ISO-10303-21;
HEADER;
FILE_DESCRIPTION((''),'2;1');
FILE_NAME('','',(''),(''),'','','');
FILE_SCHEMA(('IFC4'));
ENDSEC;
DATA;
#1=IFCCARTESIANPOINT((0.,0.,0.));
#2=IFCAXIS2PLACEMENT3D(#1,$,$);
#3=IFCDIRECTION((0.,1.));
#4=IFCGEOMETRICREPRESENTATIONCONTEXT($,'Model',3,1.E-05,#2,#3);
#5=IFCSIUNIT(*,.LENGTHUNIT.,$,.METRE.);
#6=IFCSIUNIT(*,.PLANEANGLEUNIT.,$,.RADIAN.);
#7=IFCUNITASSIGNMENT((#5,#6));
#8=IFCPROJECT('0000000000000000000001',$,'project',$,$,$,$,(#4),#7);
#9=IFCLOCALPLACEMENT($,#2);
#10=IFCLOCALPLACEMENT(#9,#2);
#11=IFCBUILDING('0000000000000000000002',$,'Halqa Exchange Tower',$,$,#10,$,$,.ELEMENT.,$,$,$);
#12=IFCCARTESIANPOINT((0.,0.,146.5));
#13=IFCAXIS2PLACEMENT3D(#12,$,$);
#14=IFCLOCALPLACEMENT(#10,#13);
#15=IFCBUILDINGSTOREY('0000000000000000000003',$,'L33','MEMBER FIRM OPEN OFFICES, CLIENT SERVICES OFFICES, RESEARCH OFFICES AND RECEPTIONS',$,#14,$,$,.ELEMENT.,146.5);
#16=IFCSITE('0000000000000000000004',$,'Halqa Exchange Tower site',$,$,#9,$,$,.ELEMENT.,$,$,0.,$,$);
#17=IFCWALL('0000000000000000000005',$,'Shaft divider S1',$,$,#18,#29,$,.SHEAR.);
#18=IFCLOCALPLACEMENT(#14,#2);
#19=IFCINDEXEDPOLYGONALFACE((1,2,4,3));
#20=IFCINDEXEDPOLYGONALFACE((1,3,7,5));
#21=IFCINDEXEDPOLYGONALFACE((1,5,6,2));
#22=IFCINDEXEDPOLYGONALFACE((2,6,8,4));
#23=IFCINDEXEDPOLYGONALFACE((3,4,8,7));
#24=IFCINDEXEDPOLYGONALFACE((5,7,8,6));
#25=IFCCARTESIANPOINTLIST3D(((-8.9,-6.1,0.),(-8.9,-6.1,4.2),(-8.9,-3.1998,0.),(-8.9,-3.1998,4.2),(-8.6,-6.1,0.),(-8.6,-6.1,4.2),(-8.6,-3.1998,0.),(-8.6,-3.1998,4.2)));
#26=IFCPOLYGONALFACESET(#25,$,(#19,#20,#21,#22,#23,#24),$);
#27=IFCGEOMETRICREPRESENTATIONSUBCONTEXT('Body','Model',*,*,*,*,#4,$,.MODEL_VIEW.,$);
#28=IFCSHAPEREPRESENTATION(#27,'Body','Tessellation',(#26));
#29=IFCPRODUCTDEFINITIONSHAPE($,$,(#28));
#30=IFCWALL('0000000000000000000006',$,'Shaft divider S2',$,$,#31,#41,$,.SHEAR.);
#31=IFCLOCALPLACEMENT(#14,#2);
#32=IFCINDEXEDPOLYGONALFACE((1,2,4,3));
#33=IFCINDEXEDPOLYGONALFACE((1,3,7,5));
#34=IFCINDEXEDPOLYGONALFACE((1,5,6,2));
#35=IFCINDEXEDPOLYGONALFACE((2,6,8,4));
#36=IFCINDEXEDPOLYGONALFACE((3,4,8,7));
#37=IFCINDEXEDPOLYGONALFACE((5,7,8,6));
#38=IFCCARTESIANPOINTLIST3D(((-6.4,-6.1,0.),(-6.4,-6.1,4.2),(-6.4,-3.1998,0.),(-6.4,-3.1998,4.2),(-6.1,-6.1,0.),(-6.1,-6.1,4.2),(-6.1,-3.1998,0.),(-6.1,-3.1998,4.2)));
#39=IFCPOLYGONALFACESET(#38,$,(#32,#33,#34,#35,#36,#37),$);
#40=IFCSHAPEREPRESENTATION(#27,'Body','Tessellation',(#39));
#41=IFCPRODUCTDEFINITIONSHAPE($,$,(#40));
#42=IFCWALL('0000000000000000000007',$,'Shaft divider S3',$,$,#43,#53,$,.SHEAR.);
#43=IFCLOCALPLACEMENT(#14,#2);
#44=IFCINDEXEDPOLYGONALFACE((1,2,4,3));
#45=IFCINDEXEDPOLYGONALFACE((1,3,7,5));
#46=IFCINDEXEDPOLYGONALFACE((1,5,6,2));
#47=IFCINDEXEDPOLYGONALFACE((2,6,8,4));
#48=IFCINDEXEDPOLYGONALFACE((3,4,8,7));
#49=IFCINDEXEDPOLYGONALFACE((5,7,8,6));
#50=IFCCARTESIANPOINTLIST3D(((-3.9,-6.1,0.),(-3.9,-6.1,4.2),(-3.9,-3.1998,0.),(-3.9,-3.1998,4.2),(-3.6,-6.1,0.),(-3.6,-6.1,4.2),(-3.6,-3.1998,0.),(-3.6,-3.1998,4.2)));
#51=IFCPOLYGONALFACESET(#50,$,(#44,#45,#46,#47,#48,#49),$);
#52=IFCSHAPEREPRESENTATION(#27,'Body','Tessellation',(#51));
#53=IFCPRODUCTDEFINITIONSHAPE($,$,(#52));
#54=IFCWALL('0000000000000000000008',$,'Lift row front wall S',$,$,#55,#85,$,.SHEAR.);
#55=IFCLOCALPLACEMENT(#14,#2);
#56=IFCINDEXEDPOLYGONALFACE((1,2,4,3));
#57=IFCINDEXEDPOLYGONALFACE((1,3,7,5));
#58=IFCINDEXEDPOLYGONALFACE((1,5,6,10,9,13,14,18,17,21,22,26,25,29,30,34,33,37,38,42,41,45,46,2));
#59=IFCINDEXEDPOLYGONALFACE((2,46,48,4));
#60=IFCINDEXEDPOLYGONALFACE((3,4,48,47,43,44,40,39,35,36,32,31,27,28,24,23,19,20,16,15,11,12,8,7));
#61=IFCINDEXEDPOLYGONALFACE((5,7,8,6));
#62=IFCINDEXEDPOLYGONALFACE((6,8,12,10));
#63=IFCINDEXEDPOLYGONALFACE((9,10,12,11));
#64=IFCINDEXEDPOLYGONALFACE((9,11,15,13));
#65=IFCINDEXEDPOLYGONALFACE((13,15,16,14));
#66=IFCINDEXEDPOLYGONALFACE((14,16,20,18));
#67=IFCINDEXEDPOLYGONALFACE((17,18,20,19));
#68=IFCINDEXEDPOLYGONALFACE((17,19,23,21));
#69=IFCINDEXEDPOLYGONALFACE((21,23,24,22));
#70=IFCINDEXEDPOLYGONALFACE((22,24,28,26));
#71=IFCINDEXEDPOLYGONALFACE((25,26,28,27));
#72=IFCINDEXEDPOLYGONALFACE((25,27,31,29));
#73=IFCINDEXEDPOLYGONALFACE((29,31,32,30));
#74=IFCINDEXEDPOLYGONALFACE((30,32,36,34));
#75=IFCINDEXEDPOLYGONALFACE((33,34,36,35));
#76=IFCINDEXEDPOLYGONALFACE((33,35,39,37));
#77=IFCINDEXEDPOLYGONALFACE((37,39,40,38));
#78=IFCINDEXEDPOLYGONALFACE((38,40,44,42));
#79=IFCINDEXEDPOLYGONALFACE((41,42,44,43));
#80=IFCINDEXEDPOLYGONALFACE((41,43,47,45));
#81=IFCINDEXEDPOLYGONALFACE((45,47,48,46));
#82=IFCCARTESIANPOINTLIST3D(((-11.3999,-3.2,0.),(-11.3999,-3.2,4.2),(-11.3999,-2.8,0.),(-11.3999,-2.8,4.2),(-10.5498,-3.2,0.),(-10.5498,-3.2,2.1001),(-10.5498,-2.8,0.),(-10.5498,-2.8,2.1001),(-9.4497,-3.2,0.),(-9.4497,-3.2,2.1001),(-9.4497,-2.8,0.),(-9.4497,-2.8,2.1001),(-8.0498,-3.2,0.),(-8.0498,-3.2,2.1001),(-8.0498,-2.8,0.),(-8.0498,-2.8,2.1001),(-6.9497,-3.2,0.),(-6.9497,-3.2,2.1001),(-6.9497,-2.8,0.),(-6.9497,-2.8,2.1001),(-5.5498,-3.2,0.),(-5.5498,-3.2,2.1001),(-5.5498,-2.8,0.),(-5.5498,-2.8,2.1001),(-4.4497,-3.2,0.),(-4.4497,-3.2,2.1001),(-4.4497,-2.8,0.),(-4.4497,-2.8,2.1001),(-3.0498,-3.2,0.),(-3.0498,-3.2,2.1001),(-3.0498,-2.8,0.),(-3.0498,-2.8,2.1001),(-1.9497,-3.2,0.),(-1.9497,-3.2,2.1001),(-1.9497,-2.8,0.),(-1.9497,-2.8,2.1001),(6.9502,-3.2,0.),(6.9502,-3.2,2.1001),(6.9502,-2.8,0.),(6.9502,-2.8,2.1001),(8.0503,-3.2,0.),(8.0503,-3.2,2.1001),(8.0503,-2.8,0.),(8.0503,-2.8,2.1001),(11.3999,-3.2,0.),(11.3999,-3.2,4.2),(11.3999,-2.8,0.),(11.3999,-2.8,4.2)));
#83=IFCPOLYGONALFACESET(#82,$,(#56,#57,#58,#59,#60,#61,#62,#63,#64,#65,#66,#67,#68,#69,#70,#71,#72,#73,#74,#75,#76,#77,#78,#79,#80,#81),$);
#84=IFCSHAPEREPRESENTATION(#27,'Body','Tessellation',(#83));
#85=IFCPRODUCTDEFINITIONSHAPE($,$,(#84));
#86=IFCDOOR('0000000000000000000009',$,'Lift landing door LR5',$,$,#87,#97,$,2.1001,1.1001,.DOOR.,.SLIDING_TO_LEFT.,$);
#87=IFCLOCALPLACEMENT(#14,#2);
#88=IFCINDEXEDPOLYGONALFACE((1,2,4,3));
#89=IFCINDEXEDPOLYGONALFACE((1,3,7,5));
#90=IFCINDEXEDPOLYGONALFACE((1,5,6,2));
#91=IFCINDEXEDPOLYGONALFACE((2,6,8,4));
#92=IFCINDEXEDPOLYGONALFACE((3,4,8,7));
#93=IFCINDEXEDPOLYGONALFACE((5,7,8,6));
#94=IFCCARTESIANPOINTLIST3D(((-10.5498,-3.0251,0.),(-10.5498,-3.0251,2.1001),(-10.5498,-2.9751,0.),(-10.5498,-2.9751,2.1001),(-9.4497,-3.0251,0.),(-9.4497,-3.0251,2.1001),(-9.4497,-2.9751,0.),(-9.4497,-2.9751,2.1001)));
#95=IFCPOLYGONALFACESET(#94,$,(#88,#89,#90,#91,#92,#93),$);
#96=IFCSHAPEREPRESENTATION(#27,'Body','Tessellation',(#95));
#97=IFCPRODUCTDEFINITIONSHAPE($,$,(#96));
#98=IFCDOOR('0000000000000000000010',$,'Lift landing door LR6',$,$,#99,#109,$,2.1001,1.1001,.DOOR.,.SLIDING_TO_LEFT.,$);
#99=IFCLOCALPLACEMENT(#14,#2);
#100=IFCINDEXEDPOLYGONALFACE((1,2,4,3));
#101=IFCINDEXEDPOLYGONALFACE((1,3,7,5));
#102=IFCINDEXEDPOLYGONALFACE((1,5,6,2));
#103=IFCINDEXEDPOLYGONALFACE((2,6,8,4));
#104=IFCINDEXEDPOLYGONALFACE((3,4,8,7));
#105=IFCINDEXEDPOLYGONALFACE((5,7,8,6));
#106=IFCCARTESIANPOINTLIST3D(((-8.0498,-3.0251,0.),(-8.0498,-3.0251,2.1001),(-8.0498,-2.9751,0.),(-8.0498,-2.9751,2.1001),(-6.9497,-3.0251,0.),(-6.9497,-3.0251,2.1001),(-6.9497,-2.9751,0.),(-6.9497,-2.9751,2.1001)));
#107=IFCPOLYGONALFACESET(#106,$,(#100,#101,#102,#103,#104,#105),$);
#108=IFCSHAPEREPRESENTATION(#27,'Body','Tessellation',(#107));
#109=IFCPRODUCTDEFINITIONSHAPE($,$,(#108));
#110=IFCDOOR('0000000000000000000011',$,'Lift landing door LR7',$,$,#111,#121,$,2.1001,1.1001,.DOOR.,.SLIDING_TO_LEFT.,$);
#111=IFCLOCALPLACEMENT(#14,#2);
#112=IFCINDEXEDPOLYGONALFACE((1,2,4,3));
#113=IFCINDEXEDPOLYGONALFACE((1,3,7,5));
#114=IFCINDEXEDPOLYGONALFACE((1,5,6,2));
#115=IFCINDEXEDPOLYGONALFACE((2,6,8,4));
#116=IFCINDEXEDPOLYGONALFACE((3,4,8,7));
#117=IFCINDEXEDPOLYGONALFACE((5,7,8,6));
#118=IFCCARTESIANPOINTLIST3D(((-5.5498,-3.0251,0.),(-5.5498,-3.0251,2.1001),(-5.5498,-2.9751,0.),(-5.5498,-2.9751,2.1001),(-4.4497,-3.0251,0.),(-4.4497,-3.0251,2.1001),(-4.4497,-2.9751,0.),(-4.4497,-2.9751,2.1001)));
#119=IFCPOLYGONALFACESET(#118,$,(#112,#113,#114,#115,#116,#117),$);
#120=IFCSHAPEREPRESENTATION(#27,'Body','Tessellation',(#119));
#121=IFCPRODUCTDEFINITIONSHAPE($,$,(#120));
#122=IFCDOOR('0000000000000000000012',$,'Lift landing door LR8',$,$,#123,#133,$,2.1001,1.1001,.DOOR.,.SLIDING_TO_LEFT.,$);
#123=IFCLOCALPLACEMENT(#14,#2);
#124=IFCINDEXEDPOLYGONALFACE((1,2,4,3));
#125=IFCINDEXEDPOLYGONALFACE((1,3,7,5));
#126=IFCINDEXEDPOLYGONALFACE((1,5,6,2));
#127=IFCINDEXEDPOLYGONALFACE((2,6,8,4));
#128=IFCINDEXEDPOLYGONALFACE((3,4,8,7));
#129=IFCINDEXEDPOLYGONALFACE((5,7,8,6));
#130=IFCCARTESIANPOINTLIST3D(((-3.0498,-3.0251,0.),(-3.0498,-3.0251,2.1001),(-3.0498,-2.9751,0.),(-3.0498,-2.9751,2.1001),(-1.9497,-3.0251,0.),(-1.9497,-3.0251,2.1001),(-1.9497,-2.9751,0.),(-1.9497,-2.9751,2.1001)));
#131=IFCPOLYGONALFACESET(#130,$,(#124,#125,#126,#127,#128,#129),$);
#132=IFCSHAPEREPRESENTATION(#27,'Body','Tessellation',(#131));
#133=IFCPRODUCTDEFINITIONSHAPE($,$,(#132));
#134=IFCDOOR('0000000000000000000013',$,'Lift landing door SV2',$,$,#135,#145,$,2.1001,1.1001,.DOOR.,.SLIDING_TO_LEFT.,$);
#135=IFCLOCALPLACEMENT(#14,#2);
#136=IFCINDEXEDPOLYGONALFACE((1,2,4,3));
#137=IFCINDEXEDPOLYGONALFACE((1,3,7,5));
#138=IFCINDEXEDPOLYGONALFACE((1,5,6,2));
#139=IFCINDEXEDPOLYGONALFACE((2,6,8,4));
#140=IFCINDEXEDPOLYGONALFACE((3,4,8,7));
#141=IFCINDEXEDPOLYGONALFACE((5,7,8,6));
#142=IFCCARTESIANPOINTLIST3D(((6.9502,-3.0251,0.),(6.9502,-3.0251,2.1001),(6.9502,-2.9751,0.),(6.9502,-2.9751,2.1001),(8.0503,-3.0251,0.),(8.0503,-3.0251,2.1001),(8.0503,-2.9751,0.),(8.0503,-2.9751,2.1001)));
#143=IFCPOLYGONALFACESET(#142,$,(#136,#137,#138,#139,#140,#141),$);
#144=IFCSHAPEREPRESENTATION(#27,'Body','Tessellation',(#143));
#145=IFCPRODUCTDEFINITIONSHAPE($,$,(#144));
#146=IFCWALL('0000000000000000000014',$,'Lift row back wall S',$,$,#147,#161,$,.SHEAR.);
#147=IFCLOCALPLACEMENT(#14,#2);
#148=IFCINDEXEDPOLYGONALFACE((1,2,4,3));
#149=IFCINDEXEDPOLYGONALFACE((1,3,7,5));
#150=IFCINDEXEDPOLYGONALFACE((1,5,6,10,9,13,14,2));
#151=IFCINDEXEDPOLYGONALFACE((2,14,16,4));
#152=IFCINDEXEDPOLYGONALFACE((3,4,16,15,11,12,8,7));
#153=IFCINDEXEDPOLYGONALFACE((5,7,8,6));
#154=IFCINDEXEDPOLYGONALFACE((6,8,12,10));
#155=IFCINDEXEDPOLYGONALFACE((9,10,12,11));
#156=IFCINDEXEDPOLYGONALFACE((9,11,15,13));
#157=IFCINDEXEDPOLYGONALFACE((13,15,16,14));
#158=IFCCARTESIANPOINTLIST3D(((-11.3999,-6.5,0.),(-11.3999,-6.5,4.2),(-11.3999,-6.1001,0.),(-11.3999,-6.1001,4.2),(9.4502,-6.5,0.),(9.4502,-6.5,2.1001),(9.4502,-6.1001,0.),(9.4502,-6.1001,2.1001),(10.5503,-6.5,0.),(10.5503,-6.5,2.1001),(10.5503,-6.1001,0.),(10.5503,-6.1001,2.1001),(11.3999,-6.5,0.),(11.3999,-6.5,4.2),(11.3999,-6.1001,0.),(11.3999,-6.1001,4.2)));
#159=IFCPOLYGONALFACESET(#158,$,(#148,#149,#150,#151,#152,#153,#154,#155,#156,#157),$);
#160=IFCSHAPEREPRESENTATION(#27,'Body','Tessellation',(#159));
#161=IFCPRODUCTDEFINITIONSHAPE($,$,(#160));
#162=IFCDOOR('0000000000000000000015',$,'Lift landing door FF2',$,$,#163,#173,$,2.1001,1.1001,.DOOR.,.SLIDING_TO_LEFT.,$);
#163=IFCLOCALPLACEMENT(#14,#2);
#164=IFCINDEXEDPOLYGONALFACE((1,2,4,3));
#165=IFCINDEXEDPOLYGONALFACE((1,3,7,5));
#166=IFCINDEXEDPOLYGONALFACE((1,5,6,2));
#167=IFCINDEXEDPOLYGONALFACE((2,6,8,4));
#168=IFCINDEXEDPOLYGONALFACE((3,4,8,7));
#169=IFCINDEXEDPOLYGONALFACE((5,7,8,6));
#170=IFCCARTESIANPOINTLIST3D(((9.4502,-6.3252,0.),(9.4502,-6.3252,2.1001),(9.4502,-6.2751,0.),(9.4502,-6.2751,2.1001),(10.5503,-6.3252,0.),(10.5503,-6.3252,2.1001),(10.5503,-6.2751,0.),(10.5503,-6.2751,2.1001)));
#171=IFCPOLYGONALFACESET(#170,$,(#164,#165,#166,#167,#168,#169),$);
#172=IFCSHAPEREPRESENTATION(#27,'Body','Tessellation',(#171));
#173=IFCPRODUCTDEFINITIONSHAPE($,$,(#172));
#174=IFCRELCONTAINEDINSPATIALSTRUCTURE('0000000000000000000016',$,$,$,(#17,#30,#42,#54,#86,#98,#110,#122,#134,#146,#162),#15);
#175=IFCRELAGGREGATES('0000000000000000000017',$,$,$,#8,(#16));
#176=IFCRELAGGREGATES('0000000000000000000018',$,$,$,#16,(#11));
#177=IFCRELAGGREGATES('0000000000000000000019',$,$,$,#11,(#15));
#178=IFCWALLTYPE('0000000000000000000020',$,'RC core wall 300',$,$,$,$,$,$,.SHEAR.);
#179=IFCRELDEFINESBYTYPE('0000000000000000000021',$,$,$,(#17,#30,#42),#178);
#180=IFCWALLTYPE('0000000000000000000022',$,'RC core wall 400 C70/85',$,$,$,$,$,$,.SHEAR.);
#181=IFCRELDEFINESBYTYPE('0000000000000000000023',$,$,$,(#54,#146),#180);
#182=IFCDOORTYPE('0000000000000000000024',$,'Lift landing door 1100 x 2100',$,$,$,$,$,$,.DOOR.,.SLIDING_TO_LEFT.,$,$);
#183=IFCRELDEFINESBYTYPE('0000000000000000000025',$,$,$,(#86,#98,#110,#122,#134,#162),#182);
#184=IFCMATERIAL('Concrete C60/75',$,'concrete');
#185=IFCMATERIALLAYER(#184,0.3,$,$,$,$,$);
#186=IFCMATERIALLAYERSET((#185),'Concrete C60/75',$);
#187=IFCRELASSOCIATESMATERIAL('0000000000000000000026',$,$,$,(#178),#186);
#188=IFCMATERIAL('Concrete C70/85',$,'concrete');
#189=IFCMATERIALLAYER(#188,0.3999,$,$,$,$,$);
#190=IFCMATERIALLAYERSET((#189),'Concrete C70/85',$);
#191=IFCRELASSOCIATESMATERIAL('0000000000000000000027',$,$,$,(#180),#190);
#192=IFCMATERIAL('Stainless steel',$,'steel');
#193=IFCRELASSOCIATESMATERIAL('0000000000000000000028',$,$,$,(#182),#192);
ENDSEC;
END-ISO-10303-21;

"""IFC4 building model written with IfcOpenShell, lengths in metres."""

from ifc_helpers import new_model, si_unit, direction, frame, frame_2d, origin, place, context, subcontext, project, spatial, rectangle, extrude, material, layer, layer_set, type_object, element, fill, save


model = new_model("IFC4")

# Units and contexts
model_context = context("Model", 3, precision=1e-05, world=origin(), true_north=direction((0.0, 1.0)))
body_context = subcontext(model_context, "Body", "Model", "MODEL_VIEW")
ifc_project = project(units=[si_unit("LENGTHUNIT", "METRE"), si_unit("PLANEANGLEUNIT", "RADIAN")], contexts=[model_context])

# Site, building, storey
site_placement = place(None, origin())
site = spatial("IfcSite", under=ifc_project, at=site_placement, Name="Halqa Exchange Tower site", CompositionType="ELEMENT", RefElevation=0.0)
building_placement = place(site_placement, origin())
building = spatial("IfcBuilding", under=site, at=building_placement, Name="Halqa Exchange Tower", CompositionType="ELEMENT")
storey_placement = place(building_placement, frame((0.0, 0.0, 146.5)))
storey = spatial("IfcBuildingStorey", under=building, at=storey_placement, Name="L33", Description="MEMBER FIRM OPEN OFFICES, CLIENT SERVICES OFFICES, RESEARCH OFFICES AND RECEPTIONS", CompositionType="ELEMENT", Elevation=146.5)

# Walls
ifc_material_1 = material(Name="Concrete C60/75", Category="concrete")
ifc_layer_1 = layer(ifc_material_1, 0.3)
ifc_layer_set_1 = layer_set([ifc_layer_1], Name="Concrete C60/75")
wall_type_1 = type_object("IfcWallType", Name="RC core wall 300", PredefinedType="SHEAR", material=ifc_layer_set_1)
for number, where, z_axis, x_axis, name in (
    (1, (-8.75, -6.1001, 0.0), (0.0, 0.0, 1.0), (0.0, 1.0, 0.0), "Shaft divider S1"),
    (2, (-6.25, -6.1001, 0.0), (0.0, 0.0, 1.0), (0.0, 1.0, 0.0), "Shaft divider S2"),
    (3, (-3.75, -6.1001, 0.0), (0.0, 0.0, 1.0), (0.0, 1.0, 0.0), "Shaft divider S3"),
):
    element("IfcWall", number, at=place(storey_placement, frame(where, z_axis=z_axis, x_axis=x_axis)), inside=storey, type_object=wall_type_1, Name=name, PredefinedType="SHEAR", context=body_context, shape_type="SweptSolid", body=[
        extrude(rectangle(XDim=2.9001, YDim=0.3, at=frame_2d((1.4502, 0.0))), origin(), (0.0, 0.0, 1.0), 4.2),
    ])

# Wall, openings, doors
ifc_material_2 = material(Name="Concrete C70/85", Category="concrete")
ifc_layer_2 = layer(ifc_material_2, 0.3999)
ifc_layer_set_2 = layer_set([ifc_layer_2], Name="Concrete C70/85")
wall_type_2 = type_object("IfcWallType", Name="RC core wall 400 C70/85", PredefinedType="SHEAR", material=ifc_layer_set_2)
wall_1_placement = place(storey_placement, frame((-11.3999, -3.0, 0.0), z_axis=(0.0, 0.0, 1.0), x_axis=(1.0, 0.0, 0.0)))
wall_1 = element("IfcWall", 4, at=wall_1_placement, inside=storey, type_object=wall_type_2, Name="Lift row front wall S", PredefinedType="SHEAR", context=body_context, shape_type="SweptSolid", body=[
    extrude(rectangle(XDim=22.7998, YDim=0.3999, at=frame_2d((11.3999, 0.0))), origin(), (0.0, 0.0, 1.0), 4.2),
])
opening_1_placement = place(wall_1_placement, frame((0.8501, 0.0, 0.0)))
opening_1 = element("IfcOpeningElement", 5, at=opening_1_placement, cuts=wall_1, PredefinedType="OPENING", context=body_context, shape_type="SweptSolid", body=[
    extrude(rectangle(XDim=1.1001, YDim=2.1001, at=frame_2d((0.55, 1.05))), frame((0.0, 0.2119, 0.0), z_axis=(0.0, -1.0, 0.0), x_axis=(1.0, 0.0, 0.0)), (0.0, 0.0, 1.0), 0.4238),
])
opening_2_placement = place(wall_1_placement, frame((3.3501, 0.0, 0.0)))
opening_2 = element("IfcOpeningElement", 6, at=opening_2_placement, cuts=wall_1, PredefinedType="OPENING", context=body_context, shape_type="SweptSolid", body=[
    extrude(rectangle(XDim=1.1001, YDim=2.1001, at=frame_2d((0.55, 1.05))), frame((0.0, 0.2119, 0.0), z_axis=(0.0, -1.0, 0.0), x_axis=(1.0, 0.0, 0.0)), (0.0, 0.0, 1.0), 0.4238),
])
opening_3_placement = place(wall_1_placement, frame((5.8501, 0.0, 0.0)))
opening_3 = element("IfcOpeningElement", 7, at=opening_3_placement, cuts=wall_1, PredefinedType="OPENING", context=body_context, shape_type="SweptSolid", body=[
    extrude(rectangle(XDim=1.1001, YDim=2.1001, at=frame_2d((0.55, 1.05))), frame((0.0, 0.2119, 0.0), z_axis=(0.0, -1.0, 0.0), x_axis=(1.0, 0.0, 0.0)), (0.0, 0.0, 1.0), 0.4238),
])
opening_4_placement = place(wall_1_placement, frame((8.3501, 0.0, 0.0)))
opening_4 = element("IfcOpeningElement", 8, at=opening_4_placement, cuts=wall_1, PredefinedType="OPENING", context=body_context, shape_type="SweptSolid", body=[
    extrude(rectangle(XDim=1.1001, YDim=2.1001, at=frame_2d((0.55, 1.05))), frame((0.0, 0.2119, 0.0), z_axis=(0.0, -1.0, 0.0), x_axis=(1.0, 0.0, 0.0)), (0.0, 0.0, 1.0), 0.4238),
])
opening_5_placement = place(wall_1_placement, frame((18.3501, 0.0, 0.0)))
opening_5 = element("IfcOpeningElement", 9, at=opening_5_placement, cuts=wall_1, PredefinedType="OPENING", context=body_context, shape_type="SweptSolid", body=[
    extrude(rectangle(XDim=1.1001, YDim=2.1001, at=frame_2d((0.55, 1.05))), frame((0.0, 0.2119, 0.0), z_axis=(0.0, -1.0, 0.0), x_axis=(1.0, 0.0, 0.0)), (0.0, 0.0, 1.0), 0.4238),
])
ifc_material_3 = material(Name="Stainless steel", Category="steel")
door_type = type_object("IfcDoorType", Name="Lift landing door 1100 x 2100", OperationType="SLIDING_TO_LEFT", PredefinedType="DOOR", material=ifc_material_3)
door_1_placement = place(opening_1_placement, origin())
door_1 = element("IfcDoor", 10, at=door_1_placement, inside=storey, type_object=door_type, Name="Lift landing door LR5", OperationType="SLIDING_TO_LEFT", OverallHeight=2.1001, OverallWidth=1.1001, PredefinedType="DOOR", context=body_context, shape_type="SweptSolid", body=[
    extrude(rectangle(XDim=1.1001, YDim=2.1001, at=frame_2d((0.55, 1.05))), frame((0.0, 0.0249, 0.0), z_axis=(0.0, -1.0, 0.0), x_axis=(1.0, 0.0, 0.0)), (0.0, 0.0, 1.0), 0.05),
])
fill(opening_1, door_1)
door_2_placement = place(opening_2_placement, origin())
door_2 = element("IfcDoor", 11, at=door_2_placement, inside=storey, type_object=door_type, Name="Lift landing door LR6", OperationType="SLIDING_TO_LEFT", OverallHeight=2.1001, OverallWidth=1.1001, PredefinedType="DOOR", context=body_context, shape_type="SweptSolid", body=[
    extrude(rectangle(XDim=1.1001, YDim=2.1001, at=frame_2d((0.55, 1.05))), frame((0.0, 0.0249, 0.0), z_axis=(0.0, -1.0, 0.0), x_axis=(1.0, 0.0, 0.0)), (0.0, 0.0, 1.0), 0.05),
])
fill(opening_2, door_2)
door_3_placement = place(opening_3_placement, origin())
door_3 = element("IfcDoor", 12, at=door_3_placement, inside=storey, type_object=door_type, Name="Lift landing door LR7", OperationType="SLIDING_TO_LEFT", OverallHeight=2.1001, OverallWidth=1.1001, PredefinedType="DOOR", context=body_context, shape_type="SweptSolid", body=[
    extrude(rectangle(XDim=1.1001, YDim=2.1001, at=frame_2d((0.55, 1.05))), frame((0.0, 0.0249, 0.0), z_axis=(0.0, -1.0, 0.0), x_axis=(1.0, 0.0, 0.0)), (0.0, 0.0, 1.0), 0.05),
])
fill(opening_3, door_3)
door_4_placement = place(opening_4_placement, origin())
door_4 = element("IfcDoor", 13, at=door_4_placement, inside=storey, type_object=door_type, Name="Lift landing door LR8", OperationType="SLIDING_TO_LEFT", OverallHeight=2.1001, OverallWidth=1.1001, PredefinedType="DOOR", context=body_context, shape_type="SweptSolid", body=[
    extrude(rectangle(XDim=1.1001, YDim=2.1001, at=frame_2d((0.55, 1.05))), frame((0.0, 0.0249, 0.0), z_axis=(0.0, -1.0, 0.0), x_axis=(1.0, 0.0, 0.0)), (0.0, 0.0, 1.0), 0.05),
])
fill(opening_4, door_4)
door_5_placement = place(opening_5_placement, origin())
door_5 = element("IfcDoor", 14, at=door_5_placement, inside=storey, type_object=door_type, Name="Lift landing door SV2", OperationType="SLIDING_TO_LEFT", OverallHeight=2.1001, OverallWidth=1.1001, PredefinedType="DOOR", context=body_context, shape_type="SweptSolid", body=[
    extrude(rectangle(XDim=1.1001, YDim=2.1001, at=frame_2d((0.55, 1.05))), frame((0.0, 0.0249, 0.0), z_axis=(0.0, -1.0, 0.0), x_axis=(1.0, 0.0, 0.0)), (0.0, 0.0, 1.0), 0.05),
])
fill(opening_5, door_5)

# Wall, opening, door
wall_2_placement = place(storey_placement, frame((-11.3999, -6.3, 0.0), z_axis=(0.0, 0.0, 1.0), x_axis=(1.0, 0.0, 0.0)))
wall_2 = element("IfcWall", 15, at=wall_2_placement, inside=storey, type_object=wall_type_2, Name="Lift row back wall S", PredefinedType="SHEAR", context=body_context, shape_type="SweptSolid", body=[
    extrude(rectangle(XDim=22.7998, YDim=0.3999, at=frame_2d((11.3999, 0.0))), origin(), (0.0, 0.0, 1.0), 4.2),
])
opening_6_placement = place(wall_2_placement, frame((20.8501, 0.0, 0.0)))
opening_6 = element("IfcOpeningElement", 16, at=opening_6_placement, cuts=wall_2, PredefinedType="OPENING", context=body_context, shape_type="SweptSolid", body=[
    extrude(rectangle(XDim=1.1001, YDim=2.1001, at=frame_2d((0.55, 1.05))), frame((0.0, 0.2119, 0.0), z_axis=(0.0, -1.0, 0.0), x_axis=(1.0, 0.0, 0.0)), (0.0, 0.0, 1.0), 0.4238),
])
door_6_placement = place(opening_6_placement, origin())
door_6 = element("IfcDoor", 17, at=door_6_placement, inside=storey, type_object=door_type, Name="Lift landing door FF2", OperationType="SLIDING_TO_LEFT", OverallHeight=2.1001, OverallWidth=1.1001, PredefinedType="DOOR", context=body_context, shape_type="SweptSolid", body=[
    extrude(rectangle(XDim=1.1001, YDim=2.1001, at=frame_2d((0.55, 1.05))), frame((0.0, 0.0249, 0.0), z_axis=(0.0, -1.0, 0.0), x_axis=(1.0, 0.0, 0.0)), (0.0, 0.0, 1.0), 0.05),
])
fill(opening_6, door_6)

save(model, "model.ifc")
